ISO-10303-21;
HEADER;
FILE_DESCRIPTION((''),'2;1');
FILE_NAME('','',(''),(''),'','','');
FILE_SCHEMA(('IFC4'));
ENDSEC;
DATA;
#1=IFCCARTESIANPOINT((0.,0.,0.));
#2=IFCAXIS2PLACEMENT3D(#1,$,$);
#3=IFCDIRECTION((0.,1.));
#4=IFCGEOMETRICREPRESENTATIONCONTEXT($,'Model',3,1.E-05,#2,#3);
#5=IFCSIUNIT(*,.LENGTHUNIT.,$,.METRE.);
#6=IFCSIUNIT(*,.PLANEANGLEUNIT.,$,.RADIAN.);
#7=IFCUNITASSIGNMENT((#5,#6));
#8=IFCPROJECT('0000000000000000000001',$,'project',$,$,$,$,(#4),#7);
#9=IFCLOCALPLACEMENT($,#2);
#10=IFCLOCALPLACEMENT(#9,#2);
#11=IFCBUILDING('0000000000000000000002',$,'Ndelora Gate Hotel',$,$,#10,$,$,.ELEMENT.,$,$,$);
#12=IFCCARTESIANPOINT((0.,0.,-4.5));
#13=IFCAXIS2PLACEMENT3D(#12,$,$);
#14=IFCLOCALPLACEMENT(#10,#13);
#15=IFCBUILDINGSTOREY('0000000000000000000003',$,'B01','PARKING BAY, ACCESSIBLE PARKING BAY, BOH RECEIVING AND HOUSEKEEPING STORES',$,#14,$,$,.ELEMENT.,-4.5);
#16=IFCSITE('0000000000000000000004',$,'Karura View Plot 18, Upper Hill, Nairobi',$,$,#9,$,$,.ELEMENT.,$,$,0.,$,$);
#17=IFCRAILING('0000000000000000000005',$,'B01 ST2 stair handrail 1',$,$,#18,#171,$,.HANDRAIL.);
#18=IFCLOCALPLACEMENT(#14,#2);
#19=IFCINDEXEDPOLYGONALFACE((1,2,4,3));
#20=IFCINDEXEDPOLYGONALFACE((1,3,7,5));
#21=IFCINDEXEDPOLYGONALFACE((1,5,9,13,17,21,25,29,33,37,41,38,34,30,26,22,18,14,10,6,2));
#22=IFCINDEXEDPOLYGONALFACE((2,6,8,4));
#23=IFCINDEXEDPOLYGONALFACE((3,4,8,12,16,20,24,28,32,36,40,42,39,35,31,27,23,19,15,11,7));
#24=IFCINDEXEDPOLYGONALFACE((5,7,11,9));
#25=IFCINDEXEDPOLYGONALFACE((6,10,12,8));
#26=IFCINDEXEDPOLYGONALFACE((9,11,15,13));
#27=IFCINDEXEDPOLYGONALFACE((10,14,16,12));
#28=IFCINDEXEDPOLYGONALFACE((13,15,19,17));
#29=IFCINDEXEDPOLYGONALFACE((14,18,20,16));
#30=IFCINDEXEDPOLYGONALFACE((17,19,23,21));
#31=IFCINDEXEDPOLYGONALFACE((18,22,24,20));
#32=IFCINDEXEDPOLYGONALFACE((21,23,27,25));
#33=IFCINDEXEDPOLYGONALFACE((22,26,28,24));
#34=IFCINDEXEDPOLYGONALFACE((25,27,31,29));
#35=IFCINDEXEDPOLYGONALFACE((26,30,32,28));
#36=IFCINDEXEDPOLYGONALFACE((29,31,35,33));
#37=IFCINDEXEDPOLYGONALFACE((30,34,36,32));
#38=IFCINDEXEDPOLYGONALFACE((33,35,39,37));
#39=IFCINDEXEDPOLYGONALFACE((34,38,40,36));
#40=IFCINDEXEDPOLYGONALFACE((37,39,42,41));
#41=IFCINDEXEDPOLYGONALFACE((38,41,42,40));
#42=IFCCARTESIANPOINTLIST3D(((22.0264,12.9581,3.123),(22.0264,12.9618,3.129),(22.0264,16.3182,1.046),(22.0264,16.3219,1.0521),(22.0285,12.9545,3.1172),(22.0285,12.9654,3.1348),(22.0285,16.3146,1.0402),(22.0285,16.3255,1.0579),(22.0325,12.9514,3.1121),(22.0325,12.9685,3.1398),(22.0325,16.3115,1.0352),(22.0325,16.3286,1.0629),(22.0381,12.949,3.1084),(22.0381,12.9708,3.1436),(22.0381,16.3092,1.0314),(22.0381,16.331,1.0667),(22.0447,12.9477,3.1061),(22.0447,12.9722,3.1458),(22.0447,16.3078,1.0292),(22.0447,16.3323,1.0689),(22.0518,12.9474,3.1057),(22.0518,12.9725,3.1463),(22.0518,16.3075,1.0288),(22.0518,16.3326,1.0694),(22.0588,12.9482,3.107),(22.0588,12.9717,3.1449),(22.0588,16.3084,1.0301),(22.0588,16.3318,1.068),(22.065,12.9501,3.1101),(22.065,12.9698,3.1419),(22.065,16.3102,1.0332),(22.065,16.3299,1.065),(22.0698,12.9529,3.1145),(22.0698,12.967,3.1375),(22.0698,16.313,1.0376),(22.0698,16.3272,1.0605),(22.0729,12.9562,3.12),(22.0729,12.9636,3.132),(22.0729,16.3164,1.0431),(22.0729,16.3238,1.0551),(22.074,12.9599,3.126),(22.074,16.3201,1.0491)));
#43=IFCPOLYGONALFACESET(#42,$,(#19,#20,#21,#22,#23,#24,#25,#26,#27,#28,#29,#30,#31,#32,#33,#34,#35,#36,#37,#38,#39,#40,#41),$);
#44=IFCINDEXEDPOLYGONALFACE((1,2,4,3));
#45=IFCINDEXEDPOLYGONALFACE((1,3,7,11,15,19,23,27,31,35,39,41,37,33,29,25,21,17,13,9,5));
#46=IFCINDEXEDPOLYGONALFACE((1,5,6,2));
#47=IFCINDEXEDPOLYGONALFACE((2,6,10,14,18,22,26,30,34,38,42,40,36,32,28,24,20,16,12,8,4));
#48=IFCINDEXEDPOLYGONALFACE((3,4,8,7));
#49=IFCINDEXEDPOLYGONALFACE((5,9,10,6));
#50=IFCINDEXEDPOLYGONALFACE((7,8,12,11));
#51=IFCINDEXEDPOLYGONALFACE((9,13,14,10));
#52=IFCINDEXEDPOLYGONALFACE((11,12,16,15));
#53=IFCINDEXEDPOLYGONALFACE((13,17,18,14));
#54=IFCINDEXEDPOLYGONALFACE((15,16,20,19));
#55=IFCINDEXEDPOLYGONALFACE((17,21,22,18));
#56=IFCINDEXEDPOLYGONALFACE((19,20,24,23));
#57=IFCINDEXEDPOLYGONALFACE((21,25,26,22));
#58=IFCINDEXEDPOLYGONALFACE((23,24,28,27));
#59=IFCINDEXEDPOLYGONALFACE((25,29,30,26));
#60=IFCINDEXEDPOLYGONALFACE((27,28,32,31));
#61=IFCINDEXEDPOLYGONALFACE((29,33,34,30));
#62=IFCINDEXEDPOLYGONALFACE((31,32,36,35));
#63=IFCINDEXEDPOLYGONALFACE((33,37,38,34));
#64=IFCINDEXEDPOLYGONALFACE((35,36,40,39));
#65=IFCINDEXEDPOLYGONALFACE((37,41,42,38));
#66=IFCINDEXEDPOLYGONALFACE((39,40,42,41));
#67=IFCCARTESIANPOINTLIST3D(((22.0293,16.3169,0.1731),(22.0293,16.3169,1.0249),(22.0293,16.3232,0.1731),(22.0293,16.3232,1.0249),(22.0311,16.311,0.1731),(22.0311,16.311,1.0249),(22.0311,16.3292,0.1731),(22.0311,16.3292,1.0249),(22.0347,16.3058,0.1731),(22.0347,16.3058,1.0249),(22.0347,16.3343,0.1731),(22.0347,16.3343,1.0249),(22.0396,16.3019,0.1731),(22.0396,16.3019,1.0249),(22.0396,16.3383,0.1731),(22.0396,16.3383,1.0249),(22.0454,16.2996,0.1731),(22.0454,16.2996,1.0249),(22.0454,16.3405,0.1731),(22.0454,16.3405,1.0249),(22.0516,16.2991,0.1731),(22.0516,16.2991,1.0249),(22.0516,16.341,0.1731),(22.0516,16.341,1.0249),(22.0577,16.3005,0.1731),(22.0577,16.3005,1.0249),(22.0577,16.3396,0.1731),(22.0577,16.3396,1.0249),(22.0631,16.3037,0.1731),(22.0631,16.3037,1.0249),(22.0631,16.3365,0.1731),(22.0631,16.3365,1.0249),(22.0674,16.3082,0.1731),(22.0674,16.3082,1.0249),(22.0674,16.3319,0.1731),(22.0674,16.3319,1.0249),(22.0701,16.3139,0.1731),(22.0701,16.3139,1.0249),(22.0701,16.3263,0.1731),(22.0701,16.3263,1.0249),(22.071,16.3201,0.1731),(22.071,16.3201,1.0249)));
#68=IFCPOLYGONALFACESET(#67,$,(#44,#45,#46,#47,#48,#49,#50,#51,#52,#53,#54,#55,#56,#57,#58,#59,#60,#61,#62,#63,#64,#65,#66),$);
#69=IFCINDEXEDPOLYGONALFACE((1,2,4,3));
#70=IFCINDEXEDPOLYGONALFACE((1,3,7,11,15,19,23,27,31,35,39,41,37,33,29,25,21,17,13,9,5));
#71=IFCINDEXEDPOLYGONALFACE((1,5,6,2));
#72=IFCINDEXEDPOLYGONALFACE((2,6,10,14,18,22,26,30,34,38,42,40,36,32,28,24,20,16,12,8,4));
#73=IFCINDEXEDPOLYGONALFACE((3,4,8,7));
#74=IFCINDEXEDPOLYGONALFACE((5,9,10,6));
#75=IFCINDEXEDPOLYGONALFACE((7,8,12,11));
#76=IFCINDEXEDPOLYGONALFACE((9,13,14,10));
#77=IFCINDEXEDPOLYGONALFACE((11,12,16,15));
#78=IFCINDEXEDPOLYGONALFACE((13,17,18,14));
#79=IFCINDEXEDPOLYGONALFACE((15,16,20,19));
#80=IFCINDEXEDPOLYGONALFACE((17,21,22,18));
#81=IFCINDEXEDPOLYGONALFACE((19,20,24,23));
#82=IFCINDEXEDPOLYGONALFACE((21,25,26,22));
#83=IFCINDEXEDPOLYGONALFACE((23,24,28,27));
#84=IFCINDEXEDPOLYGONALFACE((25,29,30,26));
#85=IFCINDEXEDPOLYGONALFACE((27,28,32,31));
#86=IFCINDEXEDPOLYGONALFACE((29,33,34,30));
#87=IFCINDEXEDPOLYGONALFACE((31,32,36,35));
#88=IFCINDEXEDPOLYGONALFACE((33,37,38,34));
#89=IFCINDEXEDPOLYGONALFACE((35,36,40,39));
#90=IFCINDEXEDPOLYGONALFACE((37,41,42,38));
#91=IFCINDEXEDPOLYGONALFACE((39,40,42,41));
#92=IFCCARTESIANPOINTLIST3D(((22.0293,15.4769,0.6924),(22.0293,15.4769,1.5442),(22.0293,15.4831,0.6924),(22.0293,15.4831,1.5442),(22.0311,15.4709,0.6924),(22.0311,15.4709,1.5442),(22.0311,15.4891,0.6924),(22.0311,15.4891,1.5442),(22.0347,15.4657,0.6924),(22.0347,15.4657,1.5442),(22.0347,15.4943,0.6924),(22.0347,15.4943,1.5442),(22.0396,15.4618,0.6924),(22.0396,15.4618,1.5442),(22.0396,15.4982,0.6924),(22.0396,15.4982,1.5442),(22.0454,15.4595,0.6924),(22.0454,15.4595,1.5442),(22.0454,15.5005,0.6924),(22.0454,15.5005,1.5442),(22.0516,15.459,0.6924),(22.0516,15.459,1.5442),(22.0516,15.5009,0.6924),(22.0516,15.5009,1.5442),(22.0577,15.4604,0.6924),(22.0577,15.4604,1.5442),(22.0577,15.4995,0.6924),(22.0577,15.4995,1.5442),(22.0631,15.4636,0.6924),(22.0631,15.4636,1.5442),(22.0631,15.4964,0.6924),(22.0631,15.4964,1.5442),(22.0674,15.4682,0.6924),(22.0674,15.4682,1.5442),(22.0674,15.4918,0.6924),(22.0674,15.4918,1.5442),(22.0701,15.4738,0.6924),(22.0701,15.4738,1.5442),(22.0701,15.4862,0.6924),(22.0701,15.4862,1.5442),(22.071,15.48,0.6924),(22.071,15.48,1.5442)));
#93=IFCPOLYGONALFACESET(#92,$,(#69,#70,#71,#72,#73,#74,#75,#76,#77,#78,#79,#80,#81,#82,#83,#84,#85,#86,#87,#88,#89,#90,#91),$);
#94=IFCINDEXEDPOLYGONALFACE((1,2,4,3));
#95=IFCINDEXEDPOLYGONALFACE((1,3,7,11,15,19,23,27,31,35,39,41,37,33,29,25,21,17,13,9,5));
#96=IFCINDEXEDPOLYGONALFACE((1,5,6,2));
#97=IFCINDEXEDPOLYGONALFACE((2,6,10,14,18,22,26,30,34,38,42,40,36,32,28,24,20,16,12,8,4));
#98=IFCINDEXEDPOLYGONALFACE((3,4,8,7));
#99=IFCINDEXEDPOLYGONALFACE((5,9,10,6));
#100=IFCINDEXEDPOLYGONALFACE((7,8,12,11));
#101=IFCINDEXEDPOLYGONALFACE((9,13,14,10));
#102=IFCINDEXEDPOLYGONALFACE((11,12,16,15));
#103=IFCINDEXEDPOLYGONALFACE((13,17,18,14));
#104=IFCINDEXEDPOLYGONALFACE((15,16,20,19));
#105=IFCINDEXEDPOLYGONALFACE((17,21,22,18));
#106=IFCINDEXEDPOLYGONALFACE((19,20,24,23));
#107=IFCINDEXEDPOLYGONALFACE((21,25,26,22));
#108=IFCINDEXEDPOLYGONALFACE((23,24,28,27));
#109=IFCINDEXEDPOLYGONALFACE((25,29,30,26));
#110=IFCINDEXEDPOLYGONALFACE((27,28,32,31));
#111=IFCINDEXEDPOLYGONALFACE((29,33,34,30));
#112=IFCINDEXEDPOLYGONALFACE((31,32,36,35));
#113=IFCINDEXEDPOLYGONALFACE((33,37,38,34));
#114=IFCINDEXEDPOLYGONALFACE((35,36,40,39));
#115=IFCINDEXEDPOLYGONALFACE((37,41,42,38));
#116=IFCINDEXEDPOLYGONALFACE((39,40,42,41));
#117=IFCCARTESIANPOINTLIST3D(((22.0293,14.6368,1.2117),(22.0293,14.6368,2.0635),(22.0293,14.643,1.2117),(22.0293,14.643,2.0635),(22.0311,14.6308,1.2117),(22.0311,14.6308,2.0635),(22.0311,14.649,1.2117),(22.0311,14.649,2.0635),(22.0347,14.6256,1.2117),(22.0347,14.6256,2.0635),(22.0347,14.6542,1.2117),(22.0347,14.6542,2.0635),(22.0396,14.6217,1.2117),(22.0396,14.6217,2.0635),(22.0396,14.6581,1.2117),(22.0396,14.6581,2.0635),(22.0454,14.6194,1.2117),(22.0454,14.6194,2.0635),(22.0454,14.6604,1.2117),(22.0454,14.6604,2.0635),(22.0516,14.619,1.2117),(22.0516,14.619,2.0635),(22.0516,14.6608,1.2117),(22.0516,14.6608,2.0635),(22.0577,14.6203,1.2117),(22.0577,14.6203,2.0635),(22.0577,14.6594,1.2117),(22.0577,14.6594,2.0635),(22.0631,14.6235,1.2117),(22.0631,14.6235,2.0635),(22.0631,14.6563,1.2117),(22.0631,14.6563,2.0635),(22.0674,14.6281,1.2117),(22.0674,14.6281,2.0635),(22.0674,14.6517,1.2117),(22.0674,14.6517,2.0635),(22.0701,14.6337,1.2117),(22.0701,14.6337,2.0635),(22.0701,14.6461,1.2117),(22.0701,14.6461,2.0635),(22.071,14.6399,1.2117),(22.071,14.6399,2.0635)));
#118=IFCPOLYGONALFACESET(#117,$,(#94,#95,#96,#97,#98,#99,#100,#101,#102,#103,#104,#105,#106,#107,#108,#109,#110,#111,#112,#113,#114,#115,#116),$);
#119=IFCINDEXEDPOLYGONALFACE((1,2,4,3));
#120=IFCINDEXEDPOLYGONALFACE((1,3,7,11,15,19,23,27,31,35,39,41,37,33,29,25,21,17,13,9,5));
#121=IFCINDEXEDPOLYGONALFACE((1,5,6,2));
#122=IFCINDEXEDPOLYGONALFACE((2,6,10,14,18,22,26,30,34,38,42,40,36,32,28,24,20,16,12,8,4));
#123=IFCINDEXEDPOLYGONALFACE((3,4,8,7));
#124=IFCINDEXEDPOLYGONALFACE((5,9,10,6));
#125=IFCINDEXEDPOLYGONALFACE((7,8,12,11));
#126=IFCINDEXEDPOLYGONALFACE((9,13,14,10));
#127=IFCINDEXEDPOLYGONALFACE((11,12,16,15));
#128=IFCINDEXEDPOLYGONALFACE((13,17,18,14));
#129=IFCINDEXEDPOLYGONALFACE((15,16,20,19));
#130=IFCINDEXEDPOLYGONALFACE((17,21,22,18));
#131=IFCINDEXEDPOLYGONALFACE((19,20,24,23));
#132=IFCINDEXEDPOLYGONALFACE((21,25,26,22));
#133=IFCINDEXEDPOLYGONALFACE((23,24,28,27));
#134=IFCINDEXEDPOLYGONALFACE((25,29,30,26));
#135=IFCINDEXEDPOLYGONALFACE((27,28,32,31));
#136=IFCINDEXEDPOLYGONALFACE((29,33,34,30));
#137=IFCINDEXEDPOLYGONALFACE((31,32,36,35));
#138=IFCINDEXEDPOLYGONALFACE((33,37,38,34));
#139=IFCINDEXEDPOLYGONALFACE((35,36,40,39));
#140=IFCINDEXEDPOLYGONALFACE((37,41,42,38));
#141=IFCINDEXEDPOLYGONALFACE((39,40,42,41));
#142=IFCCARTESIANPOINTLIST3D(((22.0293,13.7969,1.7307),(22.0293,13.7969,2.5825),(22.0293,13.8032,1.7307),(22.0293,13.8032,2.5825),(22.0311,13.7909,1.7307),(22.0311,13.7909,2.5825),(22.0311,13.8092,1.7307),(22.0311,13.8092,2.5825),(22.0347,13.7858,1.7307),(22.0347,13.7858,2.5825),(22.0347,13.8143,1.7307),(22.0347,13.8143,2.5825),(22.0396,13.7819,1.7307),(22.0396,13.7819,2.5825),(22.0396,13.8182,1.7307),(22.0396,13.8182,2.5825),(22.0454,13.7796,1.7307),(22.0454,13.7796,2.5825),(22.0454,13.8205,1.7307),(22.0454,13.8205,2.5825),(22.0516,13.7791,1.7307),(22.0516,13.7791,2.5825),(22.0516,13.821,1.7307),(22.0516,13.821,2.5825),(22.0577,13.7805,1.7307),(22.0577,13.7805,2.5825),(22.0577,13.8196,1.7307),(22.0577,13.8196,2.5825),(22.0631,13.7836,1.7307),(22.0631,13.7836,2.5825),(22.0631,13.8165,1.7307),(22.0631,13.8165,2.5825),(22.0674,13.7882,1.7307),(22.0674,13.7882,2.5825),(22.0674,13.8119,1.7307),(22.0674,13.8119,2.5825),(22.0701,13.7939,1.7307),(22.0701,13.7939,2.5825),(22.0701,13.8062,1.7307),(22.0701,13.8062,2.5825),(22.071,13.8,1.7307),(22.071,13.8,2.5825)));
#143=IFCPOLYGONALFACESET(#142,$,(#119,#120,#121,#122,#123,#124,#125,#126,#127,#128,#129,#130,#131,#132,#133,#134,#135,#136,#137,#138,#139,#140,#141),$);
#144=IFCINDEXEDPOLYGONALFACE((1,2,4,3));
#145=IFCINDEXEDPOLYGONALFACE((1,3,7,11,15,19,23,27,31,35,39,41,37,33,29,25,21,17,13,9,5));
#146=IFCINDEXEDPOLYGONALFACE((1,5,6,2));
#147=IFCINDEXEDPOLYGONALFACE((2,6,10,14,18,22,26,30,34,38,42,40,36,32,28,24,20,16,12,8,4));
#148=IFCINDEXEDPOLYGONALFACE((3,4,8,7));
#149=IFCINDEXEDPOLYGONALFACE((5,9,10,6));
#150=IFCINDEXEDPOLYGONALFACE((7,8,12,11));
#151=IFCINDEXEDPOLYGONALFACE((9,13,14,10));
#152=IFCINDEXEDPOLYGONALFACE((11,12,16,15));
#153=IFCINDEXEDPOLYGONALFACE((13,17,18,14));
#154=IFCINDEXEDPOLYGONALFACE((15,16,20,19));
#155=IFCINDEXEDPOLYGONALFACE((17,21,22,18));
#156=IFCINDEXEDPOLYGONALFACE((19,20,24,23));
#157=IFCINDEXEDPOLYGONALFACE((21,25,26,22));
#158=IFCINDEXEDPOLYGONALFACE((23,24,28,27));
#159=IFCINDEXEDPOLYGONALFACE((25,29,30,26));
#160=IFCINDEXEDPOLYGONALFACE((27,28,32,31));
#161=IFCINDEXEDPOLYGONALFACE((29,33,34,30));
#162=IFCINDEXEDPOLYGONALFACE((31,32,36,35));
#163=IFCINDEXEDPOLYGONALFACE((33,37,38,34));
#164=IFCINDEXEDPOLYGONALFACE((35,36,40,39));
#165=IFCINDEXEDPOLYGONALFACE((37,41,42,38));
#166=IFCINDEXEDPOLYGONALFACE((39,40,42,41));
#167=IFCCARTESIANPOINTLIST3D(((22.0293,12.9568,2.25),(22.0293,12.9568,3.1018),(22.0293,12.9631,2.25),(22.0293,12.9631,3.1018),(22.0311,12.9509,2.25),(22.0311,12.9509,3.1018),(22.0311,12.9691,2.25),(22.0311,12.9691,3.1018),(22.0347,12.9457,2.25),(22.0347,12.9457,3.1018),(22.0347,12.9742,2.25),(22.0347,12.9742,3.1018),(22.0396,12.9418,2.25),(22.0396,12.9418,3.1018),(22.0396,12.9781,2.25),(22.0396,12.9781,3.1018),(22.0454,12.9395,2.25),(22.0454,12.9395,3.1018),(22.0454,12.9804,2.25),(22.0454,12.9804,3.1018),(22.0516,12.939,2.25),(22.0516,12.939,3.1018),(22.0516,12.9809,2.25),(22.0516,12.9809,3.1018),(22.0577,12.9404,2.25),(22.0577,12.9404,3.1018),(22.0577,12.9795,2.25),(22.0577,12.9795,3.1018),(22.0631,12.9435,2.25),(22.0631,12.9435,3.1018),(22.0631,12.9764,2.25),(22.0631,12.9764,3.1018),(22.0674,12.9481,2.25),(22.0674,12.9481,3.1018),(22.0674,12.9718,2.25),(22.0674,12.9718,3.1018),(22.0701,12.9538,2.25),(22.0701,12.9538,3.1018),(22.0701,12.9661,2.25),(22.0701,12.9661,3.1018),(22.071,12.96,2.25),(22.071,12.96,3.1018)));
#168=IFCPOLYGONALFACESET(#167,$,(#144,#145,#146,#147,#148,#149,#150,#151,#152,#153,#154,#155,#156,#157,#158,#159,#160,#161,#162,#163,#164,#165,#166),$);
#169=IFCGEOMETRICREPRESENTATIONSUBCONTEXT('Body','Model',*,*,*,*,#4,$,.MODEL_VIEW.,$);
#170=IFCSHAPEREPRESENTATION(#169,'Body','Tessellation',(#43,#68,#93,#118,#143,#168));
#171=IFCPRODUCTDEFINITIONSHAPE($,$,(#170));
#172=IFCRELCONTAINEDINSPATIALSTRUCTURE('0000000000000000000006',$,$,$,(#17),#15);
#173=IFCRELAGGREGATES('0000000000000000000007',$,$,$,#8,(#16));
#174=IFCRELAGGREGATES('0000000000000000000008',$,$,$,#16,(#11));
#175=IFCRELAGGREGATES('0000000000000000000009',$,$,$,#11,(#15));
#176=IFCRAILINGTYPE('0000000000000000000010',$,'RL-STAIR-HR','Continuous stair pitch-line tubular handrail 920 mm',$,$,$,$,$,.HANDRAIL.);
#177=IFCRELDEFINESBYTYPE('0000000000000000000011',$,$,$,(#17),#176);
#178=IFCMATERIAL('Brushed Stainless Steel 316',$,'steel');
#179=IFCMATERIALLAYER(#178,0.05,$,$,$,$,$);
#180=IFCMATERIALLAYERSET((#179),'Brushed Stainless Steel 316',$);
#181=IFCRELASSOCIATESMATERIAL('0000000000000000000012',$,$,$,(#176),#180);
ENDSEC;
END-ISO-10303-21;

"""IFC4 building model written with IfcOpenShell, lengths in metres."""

from ifc_helpers import new_model, si_unit, direction, frame, origin, origin_2d, place, context, subcontext, project, spatial, circle, extrude, material, layer, layer_set, type_object, element, save


model = new_model("IFC4")

# Units and contexts
model_context = context("Model", 3, precision=1e-05, world=origin(), true_north=direction((0.0, 1.0)))
body_context = subcontext(model_context, "Body", "Model", "MODEL_VIEW")
ifc_project = project(units=[si_unit("LENGTHUNIT", "METRE"), si_unit("PLANEANGLEUNIT", "RADIAN")], contexts=[model_context])

# Site, building, storey
site_placement = place(None, origin())
site = spatial("IfcSite", under=ifc_project, at=site_placement, Name="Karura View Plot 18, Upper Hill, Nairobi", CompositionType="ELEMENT", RefElevation=0.0)
building_placement = place(site_placement, origin())
building = spatial("IfcBuilding", under=site, at=building_placement, Name="Ndelora Gate Hotel", CompositionType="ELEMENT")
storey_placement = place(building_placement, frame((0.0, 0.0, -4.5)))
storey = spatial("IfcBuildingStorey", under=building, at=storey_placement, Name="B01", Description="PARKING BAY, ACCESSIBLE PARKING BAY, BOH RECEIVING AND HOUSEKEEPING STORES", CompositionType="ELEMENT", Elevation=-4.5)

# Railing
ifc_material_1 = material(Name="Brushed Stainless Steel 316", Category="steel")
ifc_layer_1 = layer(ifc_material_1, 0.05)
ifc_layer_set_1 = layer_set([ifc_layer_1], Name="Brushed Stainless Steel 316")
railing_type_1 = type_object("IfcRailingType", Name="RL-STAIR-HR", Description="Continuous stair pitch-line tubular handrail 920 mm", PredefinedType="HANDRAIL", material=ifc_layer_set_1)
railing_1_placement = place(storey_placement, frame((22.05, 16.3201, 0.1731)))
element("IfcRailing", 1, at=railing_1_placement, inside=storey, type_object=railing_type_1, Name="B01 ST2 stair handrail 1", PredefinedType="HANDRAIL", context=body_context, shape_type="SweptSolid", body=[
    extrude(circle(Radius=0.0239, at=origin_2d()), frame((0.0, 0.0, 0.876), z_axis=(0.0, -0.850623, 0.525776), x_axis=(1.0, 0.0, 0.0)), (0.0, 0.0, 1.0), 3.9502),
    extrude(circle(Radius=0.021, at=origin_2d()), origin(), (0.0, 0.0, 1.0), 0.8518),
    extrude(circle(Radius=0.021, at=origin_2d()), frame((0.0, -0.8401, 0.5193)), (0.0, 0.0, 1.0), 0.8518),
    extrude(circle(Radius=0.021, at=origin_2d()), frame((0.0, -1.6802, 1.0386)), (0.0, 0.0, 1.0), 0.8518),
    extrude(circle(Radius=0.021, at=origin_2d()), frame((0.0, -2.52, 1.5576)), (0.0, 0.0, 1.0), 0.8518),
    extrude(circle(Radius=0.021, at=origin_2d()), frame((0.0, -3.3601, 2.0769)), (0.0, 0.0, 1.0), 0.8518),
])

save(model, "model.ifc")
